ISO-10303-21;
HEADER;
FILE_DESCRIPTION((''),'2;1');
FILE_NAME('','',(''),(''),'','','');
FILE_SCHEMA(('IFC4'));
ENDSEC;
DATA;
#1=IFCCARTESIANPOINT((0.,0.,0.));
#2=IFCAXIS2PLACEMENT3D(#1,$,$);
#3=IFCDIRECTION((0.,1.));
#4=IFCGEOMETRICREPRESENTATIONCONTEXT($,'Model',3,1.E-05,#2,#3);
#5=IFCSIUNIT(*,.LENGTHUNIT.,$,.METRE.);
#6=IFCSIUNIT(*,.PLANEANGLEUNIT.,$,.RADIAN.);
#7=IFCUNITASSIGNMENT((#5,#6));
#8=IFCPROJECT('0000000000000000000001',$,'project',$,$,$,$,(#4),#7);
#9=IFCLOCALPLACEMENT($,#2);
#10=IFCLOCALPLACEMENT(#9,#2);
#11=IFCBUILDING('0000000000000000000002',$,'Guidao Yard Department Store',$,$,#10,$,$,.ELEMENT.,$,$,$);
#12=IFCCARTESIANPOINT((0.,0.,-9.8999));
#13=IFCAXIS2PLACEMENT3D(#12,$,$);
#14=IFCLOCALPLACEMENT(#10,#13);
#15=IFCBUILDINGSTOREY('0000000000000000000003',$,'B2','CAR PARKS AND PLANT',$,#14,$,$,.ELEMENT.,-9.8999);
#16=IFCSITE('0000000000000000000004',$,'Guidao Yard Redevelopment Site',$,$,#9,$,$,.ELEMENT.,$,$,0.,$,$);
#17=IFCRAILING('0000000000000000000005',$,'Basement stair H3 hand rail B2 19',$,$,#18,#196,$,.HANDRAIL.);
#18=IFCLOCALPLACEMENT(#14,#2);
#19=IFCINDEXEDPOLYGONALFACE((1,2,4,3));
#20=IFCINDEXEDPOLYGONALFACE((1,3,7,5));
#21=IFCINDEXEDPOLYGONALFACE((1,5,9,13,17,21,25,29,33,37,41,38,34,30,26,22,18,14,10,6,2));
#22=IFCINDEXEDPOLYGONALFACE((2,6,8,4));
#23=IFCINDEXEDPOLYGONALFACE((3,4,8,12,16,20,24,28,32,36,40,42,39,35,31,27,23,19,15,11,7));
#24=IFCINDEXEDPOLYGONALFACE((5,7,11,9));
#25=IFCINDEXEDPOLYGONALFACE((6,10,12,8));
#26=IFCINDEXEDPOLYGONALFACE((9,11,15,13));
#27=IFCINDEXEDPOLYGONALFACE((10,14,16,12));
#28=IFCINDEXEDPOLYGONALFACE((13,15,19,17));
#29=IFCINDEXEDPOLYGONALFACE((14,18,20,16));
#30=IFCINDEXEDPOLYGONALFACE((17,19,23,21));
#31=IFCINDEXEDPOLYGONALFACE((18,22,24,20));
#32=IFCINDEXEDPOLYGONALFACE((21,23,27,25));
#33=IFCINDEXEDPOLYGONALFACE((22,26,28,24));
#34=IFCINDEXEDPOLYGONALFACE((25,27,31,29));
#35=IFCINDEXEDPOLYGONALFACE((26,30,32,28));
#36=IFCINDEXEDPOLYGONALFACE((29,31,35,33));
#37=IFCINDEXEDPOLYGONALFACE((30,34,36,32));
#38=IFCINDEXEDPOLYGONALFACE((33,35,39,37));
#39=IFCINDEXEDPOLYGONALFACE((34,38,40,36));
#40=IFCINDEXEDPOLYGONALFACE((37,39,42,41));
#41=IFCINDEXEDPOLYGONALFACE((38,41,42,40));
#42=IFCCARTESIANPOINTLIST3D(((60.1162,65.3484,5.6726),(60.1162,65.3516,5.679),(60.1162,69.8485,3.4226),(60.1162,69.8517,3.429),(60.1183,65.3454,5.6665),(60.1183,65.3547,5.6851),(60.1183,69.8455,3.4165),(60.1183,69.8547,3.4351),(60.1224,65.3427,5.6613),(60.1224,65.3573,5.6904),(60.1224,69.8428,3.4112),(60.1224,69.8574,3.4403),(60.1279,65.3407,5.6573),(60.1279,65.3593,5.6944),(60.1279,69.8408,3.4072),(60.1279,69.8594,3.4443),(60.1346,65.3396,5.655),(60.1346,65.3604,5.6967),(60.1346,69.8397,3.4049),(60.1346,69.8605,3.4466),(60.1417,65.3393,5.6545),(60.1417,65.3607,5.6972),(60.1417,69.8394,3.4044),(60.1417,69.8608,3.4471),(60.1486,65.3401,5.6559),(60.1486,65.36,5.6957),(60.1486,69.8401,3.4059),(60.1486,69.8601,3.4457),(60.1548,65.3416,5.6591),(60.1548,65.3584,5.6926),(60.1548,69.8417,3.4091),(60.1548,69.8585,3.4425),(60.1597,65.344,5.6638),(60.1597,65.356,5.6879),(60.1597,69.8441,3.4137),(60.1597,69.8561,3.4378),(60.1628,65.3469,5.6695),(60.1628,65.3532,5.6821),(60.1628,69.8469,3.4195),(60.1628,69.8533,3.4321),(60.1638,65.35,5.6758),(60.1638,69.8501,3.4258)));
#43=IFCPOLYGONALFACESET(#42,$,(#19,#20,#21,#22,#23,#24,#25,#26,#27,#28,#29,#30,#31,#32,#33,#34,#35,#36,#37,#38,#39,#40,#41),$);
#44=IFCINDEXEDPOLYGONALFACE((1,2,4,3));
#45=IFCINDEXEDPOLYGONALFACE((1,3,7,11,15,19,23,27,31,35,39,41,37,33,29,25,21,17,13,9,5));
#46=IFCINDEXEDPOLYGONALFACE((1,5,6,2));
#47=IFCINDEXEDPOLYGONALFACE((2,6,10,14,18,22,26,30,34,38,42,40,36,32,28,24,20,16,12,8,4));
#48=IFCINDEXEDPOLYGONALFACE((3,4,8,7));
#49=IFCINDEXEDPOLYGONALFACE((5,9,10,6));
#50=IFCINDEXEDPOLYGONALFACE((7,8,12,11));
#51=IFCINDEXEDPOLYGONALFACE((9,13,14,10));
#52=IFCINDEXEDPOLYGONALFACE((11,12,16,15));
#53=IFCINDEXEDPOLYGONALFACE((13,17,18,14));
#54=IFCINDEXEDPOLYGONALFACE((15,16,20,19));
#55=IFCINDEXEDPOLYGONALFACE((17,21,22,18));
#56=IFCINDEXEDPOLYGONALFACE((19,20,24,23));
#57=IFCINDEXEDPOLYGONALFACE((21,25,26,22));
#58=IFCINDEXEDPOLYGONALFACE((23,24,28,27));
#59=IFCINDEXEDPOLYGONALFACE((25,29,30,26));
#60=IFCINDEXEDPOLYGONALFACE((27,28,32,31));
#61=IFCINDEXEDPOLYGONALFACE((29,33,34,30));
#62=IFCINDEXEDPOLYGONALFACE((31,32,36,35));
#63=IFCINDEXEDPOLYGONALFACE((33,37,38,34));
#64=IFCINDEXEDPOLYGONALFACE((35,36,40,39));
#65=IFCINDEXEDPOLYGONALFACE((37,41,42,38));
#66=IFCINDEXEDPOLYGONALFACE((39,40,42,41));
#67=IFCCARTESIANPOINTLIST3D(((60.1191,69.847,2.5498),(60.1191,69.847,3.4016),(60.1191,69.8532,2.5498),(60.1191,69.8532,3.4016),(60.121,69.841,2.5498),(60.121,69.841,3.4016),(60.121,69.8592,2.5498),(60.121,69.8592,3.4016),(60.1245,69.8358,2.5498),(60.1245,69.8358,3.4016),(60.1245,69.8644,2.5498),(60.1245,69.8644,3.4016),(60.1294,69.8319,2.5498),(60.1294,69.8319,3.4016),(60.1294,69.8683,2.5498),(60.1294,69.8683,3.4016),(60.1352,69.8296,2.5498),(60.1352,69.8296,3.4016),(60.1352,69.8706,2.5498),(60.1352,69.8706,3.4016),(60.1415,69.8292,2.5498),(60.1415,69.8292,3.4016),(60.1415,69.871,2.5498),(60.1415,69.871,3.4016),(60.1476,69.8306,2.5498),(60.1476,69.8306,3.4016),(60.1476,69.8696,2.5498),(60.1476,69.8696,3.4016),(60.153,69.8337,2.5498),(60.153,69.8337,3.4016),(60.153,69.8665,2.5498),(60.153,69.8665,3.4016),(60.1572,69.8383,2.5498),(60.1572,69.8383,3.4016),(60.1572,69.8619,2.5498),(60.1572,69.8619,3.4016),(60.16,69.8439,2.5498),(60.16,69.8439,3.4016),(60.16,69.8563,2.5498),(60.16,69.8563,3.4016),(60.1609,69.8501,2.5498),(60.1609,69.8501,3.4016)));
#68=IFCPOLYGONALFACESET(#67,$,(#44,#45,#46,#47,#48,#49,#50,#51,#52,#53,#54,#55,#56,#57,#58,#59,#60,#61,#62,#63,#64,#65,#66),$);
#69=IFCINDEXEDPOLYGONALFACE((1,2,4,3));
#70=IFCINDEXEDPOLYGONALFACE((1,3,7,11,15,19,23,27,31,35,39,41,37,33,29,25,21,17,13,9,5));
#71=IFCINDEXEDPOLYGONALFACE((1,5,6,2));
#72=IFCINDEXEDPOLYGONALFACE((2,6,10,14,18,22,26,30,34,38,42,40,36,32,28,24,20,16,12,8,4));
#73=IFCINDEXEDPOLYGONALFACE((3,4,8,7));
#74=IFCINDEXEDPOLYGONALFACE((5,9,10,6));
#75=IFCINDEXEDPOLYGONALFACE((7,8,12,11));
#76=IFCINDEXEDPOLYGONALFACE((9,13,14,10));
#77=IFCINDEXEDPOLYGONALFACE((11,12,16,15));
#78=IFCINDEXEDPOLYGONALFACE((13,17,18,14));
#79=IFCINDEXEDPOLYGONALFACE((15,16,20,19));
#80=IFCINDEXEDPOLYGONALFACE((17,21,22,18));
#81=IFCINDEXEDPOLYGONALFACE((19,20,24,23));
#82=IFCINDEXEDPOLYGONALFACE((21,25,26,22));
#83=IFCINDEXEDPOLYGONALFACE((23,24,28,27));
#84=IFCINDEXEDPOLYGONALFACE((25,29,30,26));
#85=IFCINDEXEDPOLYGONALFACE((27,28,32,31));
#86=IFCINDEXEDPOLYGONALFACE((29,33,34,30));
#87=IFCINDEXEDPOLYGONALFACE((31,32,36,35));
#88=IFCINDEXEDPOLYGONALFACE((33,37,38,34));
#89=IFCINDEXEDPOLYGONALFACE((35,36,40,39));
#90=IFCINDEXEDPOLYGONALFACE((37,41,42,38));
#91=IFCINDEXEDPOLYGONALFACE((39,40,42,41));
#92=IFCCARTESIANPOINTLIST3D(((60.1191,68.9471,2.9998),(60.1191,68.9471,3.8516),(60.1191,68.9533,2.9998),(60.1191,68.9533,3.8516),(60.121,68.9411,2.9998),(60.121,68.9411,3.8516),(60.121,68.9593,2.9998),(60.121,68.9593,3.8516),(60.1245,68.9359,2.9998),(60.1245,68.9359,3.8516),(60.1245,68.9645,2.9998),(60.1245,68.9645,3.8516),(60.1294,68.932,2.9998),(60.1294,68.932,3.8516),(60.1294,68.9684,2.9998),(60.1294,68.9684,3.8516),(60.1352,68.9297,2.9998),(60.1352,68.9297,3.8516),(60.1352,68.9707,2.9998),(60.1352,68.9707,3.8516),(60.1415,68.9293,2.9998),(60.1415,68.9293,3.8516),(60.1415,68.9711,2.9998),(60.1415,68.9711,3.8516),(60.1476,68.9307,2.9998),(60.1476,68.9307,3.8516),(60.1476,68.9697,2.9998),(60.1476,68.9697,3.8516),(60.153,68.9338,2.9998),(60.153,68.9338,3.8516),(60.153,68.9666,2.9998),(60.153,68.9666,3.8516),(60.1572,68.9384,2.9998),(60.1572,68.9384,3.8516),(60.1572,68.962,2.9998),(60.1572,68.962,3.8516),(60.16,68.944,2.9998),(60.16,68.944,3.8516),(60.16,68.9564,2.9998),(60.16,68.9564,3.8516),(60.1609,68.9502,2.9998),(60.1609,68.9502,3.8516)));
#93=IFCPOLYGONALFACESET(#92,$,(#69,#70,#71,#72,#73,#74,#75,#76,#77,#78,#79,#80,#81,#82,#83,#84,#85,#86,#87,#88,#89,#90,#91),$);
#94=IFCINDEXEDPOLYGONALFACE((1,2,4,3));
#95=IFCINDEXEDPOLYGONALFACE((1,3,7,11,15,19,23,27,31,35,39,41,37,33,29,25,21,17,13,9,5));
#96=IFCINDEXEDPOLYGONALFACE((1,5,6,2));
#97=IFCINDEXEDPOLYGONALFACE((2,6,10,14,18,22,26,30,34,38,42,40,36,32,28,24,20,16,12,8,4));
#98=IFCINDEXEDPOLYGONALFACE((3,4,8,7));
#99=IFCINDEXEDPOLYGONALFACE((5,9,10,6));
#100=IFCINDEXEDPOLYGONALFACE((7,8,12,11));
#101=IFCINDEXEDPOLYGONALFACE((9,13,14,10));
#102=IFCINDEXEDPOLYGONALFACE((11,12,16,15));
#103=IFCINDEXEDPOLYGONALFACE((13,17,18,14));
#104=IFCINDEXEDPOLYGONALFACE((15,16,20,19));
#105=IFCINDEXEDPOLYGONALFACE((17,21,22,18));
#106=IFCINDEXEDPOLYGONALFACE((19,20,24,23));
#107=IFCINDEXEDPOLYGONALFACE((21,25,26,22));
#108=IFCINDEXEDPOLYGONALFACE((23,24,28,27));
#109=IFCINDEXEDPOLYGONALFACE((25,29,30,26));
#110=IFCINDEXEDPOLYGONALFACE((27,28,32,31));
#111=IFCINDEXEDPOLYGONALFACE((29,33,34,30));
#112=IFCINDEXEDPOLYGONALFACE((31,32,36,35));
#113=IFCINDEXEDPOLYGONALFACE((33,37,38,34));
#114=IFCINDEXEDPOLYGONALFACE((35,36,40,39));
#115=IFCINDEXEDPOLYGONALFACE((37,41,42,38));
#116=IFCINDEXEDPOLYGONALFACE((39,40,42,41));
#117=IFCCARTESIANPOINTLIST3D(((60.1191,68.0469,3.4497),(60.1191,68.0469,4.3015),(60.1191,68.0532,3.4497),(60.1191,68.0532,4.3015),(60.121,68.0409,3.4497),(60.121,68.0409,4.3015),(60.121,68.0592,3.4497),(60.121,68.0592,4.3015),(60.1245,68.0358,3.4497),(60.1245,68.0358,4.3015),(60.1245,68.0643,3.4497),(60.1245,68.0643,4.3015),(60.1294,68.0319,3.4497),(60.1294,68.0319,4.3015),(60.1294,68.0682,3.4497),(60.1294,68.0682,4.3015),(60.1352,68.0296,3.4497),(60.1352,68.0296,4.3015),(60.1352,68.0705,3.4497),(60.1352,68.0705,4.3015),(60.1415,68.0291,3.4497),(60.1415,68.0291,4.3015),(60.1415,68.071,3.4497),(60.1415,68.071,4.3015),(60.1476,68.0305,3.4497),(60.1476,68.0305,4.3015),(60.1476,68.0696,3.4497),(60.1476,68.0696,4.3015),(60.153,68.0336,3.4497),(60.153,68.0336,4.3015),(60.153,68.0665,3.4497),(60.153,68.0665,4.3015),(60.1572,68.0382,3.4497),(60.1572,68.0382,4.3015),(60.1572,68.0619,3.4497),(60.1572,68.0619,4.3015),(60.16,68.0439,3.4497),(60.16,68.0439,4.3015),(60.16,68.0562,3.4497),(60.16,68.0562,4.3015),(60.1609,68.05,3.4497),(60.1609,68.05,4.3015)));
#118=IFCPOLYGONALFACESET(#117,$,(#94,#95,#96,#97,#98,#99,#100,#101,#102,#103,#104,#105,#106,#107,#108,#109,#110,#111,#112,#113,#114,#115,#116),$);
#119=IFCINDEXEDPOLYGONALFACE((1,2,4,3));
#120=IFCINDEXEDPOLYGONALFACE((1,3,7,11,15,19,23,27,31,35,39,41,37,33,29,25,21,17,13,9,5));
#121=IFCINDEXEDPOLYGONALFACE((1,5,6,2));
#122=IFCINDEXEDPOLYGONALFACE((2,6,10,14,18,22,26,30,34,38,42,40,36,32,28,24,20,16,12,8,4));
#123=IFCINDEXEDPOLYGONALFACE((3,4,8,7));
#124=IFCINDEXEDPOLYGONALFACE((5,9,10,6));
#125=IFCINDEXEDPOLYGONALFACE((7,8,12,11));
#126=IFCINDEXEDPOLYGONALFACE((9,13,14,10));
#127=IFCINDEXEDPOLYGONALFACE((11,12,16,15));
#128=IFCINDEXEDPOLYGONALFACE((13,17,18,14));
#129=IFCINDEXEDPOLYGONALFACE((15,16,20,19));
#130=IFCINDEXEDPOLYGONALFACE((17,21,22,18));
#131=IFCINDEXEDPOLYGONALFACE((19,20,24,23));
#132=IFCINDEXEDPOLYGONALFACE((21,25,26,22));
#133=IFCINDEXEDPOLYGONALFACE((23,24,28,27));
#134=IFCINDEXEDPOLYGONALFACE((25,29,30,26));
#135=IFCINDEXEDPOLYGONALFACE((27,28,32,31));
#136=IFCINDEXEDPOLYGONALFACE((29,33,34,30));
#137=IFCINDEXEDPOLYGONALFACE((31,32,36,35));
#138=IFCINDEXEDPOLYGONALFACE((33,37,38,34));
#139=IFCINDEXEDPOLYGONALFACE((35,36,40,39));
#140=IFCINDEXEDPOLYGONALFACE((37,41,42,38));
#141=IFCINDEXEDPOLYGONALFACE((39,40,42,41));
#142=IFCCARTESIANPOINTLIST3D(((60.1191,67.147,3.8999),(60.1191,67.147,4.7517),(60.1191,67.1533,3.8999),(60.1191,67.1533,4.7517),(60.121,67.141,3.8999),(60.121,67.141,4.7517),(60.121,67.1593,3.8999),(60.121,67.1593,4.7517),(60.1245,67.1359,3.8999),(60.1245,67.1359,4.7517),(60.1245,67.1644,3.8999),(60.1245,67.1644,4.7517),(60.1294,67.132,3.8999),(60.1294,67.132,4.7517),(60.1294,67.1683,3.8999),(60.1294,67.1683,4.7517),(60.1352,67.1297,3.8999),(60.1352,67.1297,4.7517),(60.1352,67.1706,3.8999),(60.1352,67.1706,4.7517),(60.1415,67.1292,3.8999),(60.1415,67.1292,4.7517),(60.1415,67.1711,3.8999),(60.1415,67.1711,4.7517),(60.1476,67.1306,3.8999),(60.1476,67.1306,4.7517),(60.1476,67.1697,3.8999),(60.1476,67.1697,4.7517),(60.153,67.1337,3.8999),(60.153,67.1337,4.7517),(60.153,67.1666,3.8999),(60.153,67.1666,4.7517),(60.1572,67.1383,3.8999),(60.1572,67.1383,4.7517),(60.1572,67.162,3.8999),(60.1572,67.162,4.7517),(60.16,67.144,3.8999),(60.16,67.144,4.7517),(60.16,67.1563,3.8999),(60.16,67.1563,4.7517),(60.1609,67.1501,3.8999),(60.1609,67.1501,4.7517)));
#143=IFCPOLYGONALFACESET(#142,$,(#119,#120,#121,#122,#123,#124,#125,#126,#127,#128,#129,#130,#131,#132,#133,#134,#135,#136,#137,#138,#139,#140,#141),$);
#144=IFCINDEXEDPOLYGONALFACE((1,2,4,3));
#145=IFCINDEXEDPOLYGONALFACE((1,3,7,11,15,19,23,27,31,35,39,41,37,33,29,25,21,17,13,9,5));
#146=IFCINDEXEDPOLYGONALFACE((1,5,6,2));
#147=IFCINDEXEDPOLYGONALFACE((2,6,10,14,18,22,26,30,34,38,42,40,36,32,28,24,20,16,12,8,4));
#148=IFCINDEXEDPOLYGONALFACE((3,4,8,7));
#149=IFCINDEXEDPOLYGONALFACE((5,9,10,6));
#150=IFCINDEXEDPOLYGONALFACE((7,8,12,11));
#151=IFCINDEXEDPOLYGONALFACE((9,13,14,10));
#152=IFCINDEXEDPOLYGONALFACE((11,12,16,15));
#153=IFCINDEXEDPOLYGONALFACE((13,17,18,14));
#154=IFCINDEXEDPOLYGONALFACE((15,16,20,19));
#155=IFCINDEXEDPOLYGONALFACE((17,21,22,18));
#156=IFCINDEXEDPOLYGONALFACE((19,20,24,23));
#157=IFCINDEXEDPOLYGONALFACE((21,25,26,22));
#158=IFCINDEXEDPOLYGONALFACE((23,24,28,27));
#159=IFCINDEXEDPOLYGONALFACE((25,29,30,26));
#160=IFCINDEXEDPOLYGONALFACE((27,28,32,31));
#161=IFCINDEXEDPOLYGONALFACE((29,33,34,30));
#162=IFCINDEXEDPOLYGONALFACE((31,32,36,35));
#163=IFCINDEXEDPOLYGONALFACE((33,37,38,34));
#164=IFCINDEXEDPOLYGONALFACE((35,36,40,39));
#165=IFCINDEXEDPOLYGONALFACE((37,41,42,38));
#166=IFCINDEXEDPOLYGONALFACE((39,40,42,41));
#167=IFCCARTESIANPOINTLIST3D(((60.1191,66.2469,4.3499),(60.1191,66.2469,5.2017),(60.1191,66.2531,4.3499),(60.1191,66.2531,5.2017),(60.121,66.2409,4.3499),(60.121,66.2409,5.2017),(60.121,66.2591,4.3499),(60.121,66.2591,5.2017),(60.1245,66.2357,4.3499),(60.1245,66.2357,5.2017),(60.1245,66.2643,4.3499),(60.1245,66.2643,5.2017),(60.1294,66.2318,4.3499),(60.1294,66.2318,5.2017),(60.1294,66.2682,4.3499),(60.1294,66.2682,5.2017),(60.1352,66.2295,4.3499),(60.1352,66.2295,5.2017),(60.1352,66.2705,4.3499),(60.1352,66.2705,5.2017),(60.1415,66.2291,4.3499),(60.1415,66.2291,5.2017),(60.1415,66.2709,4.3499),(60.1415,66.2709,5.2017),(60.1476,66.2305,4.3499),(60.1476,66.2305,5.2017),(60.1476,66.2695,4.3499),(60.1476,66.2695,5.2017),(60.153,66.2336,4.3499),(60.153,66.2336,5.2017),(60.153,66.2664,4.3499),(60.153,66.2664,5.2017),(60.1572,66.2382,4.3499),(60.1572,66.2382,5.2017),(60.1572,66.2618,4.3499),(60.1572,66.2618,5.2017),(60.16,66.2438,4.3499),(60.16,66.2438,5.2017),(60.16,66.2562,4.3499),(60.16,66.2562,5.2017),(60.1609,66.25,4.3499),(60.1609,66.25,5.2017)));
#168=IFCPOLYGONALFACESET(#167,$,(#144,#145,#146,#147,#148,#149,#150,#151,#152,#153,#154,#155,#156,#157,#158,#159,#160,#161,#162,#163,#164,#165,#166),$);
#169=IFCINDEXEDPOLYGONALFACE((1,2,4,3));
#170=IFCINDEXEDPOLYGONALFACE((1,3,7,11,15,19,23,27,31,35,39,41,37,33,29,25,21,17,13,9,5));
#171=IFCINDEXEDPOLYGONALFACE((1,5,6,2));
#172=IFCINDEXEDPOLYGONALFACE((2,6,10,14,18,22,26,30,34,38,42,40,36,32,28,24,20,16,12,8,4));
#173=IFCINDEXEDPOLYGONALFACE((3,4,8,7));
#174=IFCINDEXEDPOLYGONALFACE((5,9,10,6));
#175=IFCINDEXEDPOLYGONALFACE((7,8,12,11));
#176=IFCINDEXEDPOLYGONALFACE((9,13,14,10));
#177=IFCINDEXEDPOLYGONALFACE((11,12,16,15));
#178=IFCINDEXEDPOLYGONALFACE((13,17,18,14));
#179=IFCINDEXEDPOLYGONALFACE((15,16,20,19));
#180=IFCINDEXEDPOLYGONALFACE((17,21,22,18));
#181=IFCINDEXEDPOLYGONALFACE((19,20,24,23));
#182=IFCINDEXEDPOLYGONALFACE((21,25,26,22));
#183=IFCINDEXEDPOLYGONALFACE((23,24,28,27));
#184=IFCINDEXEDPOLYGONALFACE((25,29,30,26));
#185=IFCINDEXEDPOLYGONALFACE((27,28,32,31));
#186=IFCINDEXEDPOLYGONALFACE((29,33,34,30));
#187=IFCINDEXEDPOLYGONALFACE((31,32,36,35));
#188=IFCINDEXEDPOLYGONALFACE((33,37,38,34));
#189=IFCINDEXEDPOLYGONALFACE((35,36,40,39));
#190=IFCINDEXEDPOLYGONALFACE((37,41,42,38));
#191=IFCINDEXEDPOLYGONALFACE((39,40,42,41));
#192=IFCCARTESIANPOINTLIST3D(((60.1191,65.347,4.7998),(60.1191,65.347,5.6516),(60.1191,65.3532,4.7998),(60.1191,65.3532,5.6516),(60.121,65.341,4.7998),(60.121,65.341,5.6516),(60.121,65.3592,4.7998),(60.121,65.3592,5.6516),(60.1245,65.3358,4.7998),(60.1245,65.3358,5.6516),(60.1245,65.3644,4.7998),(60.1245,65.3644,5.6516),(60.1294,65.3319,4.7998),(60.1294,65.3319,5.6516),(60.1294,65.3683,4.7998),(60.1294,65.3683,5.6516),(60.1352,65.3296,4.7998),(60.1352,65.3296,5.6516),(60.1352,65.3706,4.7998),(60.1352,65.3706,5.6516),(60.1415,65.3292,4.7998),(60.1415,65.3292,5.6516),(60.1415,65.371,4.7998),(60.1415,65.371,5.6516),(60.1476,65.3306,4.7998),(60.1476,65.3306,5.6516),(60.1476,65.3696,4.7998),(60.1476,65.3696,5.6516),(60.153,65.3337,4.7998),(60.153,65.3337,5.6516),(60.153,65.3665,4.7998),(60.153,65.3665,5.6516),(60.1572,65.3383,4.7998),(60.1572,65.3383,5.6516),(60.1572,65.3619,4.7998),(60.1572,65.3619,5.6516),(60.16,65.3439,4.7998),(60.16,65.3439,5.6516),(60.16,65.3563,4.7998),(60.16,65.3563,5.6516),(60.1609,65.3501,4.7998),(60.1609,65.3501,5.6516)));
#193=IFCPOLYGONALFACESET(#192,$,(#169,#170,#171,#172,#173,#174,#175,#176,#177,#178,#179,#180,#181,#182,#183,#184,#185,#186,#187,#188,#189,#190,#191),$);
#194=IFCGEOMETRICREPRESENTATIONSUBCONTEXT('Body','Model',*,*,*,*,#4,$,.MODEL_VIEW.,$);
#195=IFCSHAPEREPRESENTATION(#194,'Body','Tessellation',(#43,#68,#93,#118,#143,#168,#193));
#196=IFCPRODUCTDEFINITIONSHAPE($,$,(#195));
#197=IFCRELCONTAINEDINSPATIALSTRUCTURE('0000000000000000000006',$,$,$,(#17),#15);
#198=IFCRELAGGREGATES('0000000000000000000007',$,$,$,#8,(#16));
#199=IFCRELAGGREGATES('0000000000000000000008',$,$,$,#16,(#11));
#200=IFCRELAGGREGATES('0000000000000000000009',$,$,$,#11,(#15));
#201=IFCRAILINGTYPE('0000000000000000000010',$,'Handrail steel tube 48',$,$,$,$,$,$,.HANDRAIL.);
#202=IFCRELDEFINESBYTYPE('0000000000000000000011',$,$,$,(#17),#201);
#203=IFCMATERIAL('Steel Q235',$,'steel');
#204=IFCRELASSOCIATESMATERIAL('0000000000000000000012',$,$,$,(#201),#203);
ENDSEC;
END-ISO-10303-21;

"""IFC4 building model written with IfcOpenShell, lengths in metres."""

from ifc_helpers import new_model, si_unit, direction, frame, origin, origin_2d, place, context, subcontext, project, spatial, circle, extrude, material, type_object, element, save


model = new_model("IFC4")

# Units and contexts
model_context = context("Model", 3, precision=1e-05, world=origin(), true_north=direction((0.0, 1.0)))
body_context = subcontext(model_context, "Body", "Model", "MODEL_VIEW")
ifc_project = project(units=[si_unit("LENGTHUNIT", "METRE"), si_unit("PLANEANGLEUNIT", "RADIAN")], contexts=[model_context])

# Site, building, storey
site_placement = place(None, origin())
site = spatial("IfcSite", under=ifc_project, at=site_placement, Name="Guidao Yard Redevelopment Site", CompositionType="ELEMENT", RefElevation=0.0)
building_placement = place(site_placement, origin())
building = spatial("IfcBuilding", under=site, at=building_placement, Name="Guidao Yard Department Store", CompositionType="ELEMENT")
storey_placement = place(building_placement, frame((0.0, 0.0, -9.8999)))
storey = spatial("IfcBuildingStorey", under=building, at=storey_placement, Name="B2", Description="CAR PARKS AND PLANT", CompositionType="ELEMENT", Elevation=-9.8999)

# Railing
ifc_material_1 = material(Name="Steel Q235", Category="steel")
railing_type_1 = type_object("IfcRailingType", Name="Handrail steel tube 48", PredefinedType="HANDRAIL", material=ifc_material_1)
for number, where, name in (
    (1, (60.1399, 69.8501, 2.5498), "Basement stair H3 hand rail B2 19"),
):
    element("IfcRailing", number, at=place(storey_placement, frame(where)), inside=storey, type_object=railing_type_1, Name=name, PredefinedType="HANDRAIL", context=body_context, shape_type="SweptSolid", body=[
        extrude(circle(Radius=0.0239, at=origin_2d()), frame((0.0, 0.0, 0.876), z_axis=(0.0, -0.894427, 0.447214), x_axis=(1.0, 0.0, 0.0)), (0.0, 0.0, 1.0), 5.0312),
        extrude(circle(Radius=0.021, at=origin_2d()), origin(), (0.0, 0.0, 1.0), 0.8518),
        extrude(circle(Radius=0.021, at=origin_2d()), frame((0.0, -0.8999, 0.45)), (0.0, 0.0, 1.0), 0.8518),
        extrude(circle(Radius=0.021, at=origin_2d()), frame((0.0, -1.8, 0.8999)), (0.0, 0.0, 1.0), 0.8518),
        extrude(circle(Radius=0.021, at=origin_2d()), frame((0.0, -2.7, 1.3501)), (0.0, 0.0, 1.0), 0.8518),
        extrude(circle(Radius=0.021, at=origin_2d()), frame((0.0, -3.6001, 1.8)), (0.0, 0.0, 1.0), 0.8518),
        extrude(circle(Radius=0.021, at=origin_2d()), frame((0.0, -4.5, 2.25)), (0.0, 0.0, 1.0), 0.8518),
    ])

save(model, "model.ifc")
